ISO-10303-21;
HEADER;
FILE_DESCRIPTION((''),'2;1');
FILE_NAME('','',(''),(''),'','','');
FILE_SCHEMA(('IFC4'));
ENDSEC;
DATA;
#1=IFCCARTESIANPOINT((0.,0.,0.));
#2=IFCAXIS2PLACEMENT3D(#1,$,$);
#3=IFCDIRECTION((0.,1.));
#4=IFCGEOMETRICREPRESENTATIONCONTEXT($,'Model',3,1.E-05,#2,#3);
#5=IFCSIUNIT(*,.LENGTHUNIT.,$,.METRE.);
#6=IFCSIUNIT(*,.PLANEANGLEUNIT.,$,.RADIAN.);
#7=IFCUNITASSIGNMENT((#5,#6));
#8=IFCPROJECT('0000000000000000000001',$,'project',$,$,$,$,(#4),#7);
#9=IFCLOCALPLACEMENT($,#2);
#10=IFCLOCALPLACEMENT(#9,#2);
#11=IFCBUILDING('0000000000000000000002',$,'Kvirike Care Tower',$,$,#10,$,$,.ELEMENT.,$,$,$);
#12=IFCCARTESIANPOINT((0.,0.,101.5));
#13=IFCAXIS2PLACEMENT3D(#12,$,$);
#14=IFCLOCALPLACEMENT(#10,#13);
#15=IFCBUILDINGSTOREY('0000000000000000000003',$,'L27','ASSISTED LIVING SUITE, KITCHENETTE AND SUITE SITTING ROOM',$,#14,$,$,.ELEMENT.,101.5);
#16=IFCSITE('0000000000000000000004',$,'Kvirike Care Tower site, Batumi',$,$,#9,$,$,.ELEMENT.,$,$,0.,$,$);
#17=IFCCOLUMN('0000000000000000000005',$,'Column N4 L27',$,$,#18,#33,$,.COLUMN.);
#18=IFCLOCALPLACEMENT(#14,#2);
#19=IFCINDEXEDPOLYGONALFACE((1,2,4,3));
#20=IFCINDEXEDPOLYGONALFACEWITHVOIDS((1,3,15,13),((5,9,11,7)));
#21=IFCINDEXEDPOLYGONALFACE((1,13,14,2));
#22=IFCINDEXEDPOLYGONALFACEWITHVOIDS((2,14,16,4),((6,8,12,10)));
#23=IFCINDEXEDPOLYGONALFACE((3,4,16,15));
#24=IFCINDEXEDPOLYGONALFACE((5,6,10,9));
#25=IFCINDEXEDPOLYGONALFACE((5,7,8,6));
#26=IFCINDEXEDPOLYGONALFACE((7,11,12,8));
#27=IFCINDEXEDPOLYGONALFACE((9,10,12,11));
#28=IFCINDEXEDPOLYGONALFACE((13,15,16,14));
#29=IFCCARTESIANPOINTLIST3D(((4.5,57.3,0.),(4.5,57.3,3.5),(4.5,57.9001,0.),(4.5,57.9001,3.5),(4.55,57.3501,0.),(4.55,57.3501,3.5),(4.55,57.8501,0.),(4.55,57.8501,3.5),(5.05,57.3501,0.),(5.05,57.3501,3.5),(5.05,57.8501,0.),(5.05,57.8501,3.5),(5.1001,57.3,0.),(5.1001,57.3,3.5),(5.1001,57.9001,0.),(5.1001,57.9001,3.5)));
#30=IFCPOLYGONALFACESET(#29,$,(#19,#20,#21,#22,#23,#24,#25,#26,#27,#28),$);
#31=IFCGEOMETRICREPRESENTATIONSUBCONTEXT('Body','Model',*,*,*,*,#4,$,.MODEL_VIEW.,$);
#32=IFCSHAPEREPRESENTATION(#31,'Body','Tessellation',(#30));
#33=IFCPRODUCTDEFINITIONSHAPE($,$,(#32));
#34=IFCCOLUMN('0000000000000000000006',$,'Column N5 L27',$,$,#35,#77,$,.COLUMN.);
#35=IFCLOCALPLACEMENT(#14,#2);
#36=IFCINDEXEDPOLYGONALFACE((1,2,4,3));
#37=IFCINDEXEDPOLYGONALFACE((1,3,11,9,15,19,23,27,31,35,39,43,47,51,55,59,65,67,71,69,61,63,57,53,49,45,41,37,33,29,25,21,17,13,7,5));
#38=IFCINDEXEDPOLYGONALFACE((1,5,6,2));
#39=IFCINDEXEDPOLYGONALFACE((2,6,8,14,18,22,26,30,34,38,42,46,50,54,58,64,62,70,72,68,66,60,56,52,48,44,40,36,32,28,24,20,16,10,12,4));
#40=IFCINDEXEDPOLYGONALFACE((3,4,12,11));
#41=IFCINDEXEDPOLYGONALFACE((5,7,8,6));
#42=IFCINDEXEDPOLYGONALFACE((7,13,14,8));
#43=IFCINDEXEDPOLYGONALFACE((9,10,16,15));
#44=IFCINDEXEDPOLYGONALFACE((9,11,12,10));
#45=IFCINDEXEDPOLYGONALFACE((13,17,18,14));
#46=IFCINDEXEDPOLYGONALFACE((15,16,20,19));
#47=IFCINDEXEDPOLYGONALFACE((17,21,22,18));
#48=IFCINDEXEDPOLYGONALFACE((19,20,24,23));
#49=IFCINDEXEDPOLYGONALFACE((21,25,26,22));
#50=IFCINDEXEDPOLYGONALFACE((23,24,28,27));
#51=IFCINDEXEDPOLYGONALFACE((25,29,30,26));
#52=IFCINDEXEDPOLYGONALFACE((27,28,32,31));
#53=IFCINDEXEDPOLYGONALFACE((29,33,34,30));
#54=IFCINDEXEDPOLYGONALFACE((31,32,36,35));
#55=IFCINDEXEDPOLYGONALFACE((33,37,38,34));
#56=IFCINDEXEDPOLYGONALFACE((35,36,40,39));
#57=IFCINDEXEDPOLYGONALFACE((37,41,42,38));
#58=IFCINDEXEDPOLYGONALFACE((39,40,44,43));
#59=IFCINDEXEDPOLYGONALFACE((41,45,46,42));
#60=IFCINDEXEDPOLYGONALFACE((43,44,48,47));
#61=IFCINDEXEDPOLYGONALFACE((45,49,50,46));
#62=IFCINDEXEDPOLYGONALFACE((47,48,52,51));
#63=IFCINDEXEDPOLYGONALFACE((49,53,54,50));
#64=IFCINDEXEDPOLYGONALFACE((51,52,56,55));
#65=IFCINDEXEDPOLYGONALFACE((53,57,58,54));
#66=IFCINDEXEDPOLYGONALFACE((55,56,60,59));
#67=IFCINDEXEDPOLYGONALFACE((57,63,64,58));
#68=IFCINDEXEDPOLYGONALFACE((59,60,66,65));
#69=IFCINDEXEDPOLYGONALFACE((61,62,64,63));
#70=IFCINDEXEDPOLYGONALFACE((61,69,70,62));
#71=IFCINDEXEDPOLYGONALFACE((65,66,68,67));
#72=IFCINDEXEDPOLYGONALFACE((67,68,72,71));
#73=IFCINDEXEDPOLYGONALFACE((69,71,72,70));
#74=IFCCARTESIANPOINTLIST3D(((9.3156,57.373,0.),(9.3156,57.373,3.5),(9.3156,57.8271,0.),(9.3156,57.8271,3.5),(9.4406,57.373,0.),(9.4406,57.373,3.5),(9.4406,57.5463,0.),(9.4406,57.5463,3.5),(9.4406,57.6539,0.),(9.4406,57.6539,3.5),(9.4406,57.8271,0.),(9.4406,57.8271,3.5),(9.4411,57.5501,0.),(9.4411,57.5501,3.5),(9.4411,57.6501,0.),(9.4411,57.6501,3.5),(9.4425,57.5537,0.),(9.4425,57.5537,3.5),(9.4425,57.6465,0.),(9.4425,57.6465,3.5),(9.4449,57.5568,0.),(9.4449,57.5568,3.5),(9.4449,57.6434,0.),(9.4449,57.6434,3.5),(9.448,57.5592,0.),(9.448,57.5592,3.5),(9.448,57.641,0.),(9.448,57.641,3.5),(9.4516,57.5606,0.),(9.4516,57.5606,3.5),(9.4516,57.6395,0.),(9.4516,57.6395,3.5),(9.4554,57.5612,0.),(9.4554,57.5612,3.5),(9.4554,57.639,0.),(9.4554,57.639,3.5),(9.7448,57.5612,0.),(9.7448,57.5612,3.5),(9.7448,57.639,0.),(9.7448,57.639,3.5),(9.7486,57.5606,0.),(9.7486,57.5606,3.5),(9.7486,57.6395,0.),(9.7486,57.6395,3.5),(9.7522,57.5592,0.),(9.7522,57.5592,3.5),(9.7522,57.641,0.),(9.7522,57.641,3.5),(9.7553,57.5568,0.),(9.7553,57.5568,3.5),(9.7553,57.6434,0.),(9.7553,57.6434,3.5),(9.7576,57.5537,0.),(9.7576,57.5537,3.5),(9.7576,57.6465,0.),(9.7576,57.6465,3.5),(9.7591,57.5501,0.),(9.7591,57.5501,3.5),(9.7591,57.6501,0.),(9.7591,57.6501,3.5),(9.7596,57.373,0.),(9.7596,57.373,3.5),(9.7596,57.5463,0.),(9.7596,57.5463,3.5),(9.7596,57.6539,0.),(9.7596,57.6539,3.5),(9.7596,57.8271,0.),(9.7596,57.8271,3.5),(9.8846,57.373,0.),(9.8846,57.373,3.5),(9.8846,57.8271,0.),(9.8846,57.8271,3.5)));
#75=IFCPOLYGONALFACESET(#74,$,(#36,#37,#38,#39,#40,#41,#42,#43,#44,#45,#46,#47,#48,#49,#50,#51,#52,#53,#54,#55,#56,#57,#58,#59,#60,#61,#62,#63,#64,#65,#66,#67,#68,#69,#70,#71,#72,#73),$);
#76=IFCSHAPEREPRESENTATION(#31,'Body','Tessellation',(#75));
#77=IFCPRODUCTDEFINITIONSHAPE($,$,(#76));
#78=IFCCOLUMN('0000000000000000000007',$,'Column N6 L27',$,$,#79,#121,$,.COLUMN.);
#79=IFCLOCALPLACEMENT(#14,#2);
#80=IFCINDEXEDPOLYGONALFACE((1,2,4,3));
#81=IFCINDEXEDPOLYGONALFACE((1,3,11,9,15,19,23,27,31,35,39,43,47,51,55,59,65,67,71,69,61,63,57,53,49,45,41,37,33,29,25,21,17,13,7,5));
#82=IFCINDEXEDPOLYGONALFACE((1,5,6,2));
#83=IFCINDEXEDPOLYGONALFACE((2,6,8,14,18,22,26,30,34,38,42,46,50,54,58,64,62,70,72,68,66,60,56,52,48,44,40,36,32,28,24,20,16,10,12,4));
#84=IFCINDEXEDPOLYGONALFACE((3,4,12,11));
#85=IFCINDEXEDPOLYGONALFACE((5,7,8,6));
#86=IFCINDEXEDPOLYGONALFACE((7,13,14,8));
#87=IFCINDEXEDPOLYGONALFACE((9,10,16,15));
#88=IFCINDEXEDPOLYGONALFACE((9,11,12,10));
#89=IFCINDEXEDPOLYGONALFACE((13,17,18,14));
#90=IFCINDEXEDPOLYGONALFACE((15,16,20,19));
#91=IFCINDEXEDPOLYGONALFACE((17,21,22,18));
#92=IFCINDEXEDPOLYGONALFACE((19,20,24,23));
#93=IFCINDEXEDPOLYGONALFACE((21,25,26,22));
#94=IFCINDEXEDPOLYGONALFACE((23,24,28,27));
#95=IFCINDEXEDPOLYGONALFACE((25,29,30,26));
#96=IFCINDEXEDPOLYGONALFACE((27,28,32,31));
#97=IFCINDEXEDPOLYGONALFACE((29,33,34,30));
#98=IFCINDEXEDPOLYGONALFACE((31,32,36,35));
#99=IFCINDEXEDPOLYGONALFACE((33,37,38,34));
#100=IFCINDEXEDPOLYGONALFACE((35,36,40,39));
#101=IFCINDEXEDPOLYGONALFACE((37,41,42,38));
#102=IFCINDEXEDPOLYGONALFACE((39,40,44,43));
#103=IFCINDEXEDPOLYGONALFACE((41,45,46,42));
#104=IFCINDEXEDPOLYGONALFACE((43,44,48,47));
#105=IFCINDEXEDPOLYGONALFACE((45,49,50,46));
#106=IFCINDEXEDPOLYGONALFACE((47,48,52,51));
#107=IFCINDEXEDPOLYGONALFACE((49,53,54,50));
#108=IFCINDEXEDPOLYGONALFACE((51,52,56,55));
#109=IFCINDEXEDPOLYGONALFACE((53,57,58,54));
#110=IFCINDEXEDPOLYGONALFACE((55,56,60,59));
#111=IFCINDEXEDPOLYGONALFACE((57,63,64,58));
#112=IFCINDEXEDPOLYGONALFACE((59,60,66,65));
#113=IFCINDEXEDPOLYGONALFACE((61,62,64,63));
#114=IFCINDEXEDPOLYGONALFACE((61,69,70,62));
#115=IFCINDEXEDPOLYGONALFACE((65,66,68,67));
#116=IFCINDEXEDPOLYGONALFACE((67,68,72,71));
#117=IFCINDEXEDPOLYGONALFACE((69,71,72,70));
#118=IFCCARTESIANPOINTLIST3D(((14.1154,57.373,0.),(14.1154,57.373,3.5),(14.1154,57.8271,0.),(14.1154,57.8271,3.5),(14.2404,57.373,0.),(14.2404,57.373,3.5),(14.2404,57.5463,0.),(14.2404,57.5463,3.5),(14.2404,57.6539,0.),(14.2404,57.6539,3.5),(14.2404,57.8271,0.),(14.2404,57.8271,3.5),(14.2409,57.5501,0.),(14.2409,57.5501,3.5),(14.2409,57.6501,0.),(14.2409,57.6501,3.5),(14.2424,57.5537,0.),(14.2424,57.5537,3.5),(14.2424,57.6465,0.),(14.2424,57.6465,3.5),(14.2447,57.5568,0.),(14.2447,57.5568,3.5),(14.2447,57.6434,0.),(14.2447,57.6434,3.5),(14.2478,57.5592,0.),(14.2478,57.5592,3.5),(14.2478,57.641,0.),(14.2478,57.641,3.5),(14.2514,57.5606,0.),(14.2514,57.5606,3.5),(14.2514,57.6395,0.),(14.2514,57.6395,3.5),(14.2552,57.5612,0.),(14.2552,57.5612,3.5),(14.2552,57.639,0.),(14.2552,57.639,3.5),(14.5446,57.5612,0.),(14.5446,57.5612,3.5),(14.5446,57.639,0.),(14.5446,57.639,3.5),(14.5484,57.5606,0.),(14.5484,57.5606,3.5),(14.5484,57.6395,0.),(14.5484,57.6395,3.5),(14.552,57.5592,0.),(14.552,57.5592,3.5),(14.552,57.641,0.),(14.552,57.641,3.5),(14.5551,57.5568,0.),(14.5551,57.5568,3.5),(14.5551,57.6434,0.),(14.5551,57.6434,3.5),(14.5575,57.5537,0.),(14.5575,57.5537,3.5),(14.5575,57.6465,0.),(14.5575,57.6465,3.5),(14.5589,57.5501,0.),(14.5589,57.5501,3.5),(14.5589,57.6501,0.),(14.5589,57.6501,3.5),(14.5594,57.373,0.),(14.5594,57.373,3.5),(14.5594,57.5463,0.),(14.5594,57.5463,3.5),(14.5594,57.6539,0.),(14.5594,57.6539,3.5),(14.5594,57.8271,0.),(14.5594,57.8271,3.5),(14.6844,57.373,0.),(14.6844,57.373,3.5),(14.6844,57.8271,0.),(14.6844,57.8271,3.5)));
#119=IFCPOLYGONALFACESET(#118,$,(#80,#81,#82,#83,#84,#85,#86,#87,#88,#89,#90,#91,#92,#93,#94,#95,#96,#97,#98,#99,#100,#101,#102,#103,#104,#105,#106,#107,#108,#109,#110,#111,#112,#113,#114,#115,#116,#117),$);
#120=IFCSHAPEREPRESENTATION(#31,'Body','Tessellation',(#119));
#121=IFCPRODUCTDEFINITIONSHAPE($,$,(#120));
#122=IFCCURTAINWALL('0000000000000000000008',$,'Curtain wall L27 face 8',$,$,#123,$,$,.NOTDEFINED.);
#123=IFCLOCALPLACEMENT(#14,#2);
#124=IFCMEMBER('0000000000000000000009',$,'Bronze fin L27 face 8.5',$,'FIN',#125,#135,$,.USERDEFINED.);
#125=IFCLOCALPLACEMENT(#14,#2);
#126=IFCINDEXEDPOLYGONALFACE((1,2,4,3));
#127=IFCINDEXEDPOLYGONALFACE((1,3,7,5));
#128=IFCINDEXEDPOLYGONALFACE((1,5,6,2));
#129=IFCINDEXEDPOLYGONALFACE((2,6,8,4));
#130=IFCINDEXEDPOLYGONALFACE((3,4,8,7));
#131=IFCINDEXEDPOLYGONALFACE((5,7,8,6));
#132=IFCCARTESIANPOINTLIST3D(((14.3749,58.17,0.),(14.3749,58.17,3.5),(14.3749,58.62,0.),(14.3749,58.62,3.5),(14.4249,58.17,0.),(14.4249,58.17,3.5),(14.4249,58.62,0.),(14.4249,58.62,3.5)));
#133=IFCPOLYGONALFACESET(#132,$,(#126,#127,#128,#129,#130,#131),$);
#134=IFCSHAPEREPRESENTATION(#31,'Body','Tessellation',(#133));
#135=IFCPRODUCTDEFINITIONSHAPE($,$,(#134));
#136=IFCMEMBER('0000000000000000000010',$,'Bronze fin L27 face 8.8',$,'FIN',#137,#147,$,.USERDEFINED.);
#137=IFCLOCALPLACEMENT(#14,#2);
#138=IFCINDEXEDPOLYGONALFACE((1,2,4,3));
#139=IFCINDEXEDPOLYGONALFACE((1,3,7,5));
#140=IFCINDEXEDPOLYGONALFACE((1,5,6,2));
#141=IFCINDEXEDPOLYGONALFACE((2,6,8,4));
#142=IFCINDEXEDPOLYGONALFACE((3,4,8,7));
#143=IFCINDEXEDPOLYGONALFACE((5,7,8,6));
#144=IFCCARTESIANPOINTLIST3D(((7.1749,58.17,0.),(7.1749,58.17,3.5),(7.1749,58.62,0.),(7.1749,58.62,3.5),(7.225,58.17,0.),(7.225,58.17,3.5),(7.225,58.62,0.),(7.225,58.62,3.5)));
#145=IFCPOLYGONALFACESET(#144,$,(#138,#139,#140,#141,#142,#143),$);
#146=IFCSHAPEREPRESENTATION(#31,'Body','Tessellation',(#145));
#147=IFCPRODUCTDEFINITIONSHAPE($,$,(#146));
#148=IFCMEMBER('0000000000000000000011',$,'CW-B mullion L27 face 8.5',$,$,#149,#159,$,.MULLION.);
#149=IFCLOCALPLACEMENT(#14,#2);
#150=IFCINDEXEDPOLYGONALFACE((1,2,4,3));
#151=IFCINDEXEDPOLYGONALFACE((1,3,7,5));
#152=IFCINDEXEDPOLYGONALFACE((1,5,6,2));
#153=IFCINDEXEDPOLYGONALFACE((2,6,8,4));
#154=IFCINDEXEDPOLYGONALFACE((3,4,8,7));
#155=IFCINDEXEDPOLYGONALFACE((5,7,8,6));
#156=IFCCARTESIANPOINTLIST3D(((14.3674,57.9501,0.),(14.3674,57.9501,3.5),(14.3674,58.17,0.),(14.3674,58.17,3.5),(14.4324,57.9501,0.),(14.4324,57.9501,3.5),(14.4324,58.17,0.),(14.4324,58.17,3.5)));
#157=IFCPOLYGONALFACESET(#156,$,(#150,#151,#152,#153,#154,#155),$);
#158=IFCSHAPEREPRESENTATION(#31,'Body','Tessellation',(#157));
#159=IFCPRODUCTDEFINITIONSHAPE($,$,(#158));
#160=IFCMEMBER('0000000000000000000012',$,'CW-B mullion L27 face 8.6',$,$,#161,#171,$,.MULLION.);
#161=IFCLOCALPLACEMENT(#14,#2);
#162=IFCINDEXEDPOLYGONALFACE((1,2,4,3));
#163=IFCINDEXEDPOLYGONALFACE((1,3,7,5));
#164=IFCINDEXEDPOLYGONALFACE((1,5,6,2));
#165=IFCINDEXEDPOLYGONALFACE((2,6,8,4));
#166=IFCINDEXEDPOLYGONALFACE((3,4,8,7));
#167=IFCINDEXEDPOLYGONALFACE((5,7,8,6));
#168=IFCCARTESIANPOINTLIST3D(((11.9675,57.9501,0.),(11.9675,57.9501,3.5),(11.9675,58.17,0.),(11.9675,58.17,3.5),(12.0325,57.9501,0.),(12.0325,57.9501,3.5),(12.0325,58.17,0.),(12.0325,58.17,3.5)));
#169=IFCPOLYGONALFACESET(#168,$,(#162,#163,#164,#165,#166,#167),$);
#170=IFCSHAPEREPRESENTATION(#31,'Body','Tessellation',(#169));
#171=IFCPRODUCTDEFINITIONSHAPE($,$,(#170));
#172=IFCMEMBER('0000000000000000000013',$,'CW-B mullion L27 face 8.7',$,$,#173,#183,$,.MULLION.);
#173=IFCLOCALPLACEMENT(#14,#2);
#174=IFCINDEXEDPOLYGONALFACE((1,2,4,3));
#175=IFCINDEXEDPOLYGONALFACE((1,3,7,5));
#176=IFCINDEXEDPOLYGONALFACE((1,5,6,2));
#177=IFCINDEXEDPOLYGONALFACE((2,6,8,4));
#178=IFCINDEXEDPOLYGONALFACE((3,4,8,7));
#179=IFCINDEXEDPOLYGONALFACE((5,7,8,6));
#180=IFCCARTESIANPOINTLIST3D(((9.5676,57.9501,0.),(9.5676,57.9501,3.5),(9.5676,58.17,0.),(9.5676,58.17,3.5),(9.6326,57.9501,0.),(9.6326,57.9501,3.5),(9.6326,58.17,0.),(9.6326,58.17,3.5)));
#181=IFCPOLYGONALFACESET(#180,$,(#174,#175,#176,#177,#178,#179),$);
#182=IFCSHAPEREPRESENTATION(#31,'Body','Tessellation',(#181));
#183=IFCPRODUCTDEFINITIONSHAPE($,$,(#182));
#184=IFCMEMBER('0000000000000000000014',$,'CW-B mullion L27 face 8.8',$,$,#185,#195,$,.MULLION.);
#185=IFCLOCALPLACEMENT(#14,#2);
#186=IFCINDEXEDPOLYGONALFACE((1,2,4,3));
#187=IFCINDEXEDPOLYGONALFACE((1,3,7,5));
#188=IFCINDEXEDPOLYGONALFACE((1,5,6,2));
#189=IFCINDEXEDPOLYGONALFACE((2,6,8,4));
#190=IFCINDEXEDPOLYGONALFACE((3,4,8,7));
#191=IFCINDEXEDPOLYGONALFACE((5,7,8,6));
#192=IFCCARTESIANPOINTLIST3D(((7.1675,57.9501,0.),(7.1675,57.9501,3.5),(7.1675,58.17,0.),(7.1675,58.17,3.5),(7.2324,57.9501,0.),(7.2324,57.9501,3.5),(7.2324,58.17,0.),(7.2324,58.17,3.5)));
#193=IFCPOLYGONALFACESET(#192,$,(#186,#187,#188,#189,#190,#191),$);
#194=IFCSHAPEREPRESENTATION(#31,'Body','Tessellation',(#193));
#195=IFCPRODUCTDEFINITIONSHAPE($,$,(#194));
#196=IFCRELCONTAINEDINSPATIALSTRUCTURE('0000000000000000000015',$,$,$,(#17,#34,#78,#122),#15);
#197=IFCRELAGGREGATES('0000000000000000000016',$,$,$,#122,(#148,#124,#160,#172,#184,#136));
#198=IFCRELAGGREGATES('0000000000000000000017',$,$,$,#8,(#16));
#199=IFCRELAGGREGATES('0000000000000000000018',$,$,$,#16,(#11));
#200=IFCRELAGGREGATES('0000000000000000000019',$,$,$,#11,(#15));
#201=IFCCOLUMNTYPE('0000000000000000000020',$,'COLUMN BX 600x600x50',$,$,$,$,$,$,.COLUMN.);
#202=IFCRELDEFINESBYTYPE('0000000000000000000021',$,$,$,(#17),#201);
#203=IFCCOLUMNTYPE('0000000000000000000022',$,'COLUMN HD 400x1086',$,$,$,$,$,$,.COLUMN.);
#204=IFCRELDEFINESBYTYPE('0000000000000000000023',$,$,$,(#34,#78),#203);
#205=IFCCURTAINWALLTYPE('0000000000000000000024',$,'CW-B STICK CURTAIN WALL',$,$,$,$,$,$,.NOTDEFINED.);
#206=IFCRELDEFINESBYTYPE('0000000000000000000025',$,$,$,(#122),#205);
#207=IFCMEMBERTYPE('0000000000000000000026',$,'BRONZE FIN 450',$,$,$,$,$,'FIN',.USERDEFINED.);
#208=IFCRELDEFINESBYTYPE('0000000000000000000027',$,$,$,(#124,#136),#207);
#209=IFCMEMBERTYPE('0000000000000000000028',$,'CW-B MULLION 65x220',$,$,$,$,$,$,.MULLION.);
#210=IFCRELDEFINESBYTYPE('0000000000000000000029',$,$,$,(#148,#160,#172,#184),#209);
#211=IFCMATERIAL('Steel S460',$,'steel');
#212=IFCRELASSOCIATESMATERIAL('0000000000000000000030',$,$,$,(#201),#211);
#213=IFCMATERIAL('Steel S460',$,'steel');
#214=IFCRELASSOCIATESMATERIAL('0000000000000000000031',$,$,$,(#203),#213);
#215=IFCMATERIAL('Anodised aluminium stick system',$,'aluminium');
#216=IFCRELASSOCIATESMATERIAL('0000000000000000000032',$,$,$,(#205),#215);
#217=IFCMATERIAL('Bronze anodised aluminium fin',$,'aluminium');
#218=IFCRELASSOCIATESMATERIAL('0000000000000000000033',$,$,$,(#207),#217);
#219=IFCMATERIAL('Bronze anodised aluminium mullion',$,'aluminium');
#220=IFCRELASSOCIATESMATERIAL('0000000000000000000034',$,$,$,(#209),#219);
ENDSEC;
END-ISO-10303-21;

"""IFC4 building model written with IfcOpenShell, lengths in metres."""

from ifc_helpers import new_model, si_unit, direction, frame, origin, origin_2d, place, context, subcontext, project, spatial, rectangle, hollow_rectangle, i_section, extrude, material, material_profile, profile_set, type_object, element, aggregate, save


model = new_model("IFC4")

# Units and contexts
model_context = context("Model", 3, precision=1e-05, world=origin(), true_north=direction((0.0, 1.0)))
body_context = subcontext(model_context, "Body", "Model", "MODEL_VIEW")
ifc_project = project(units=[si_unit("LENGTHUNIT", "METRE"), si_unit("PLANEANGLEUNIT", "RADIAN")], contexts=[model_context])

# Site, building, storey
site_placement = place(None, origin())
site = spatial("IfcSite", under=ifc_project, at=site_placement, Name="Kvirike Care Tower site, Batumi", CompositionType="ELEMENT", RefElevation=0.0)
building_placement = place(site_placement, origin())
building = spatial("IfcBuilding", under=site, at=building_placement, Name="Kvirike Care Tower", CompositionType="ELEMENT")
storey_placement = place(building_placement, frame((0.0, 0.0, 101.5)))
storey = spatial("IfcBuildingStorey", under=building, at=storey_placement, Name="L27", Description="ASSISTED LIVING SUITE, KITCHENETTE AND SUITE SITTING ROOM", CompositionType="ELEMENT", Elevation=101.5)

# Columns
ifc_material_1 = material(Name="Steel S460", Category="steel")
ifc_material_profile_1 = material_profile(ifc_material_1, hollow_rectangle(XDim=0.6001, YDim=0.6001, WallThickness=0.05, at=origin_2d()), Name="BX 600x600x50")
ifc_profile_set_1 = profile_set([ifc_material_profile_1], Name="Steel S460")
column_type_1 = type_object("IfcColumnType", Name="COLUMN BX 600x600x50", PredefinedType="COLUMN", material=ifc_profile_set_1)
column_placement = place(storey_placement, frame((4.8, 57.6001, 0.0), z_axis=(0.0, 0.0, 1.0), x_axis=(0.0, 1.0, 0.0)))
element("IfcColumn", 1, at=column_placement, inside=storey, type_object=column_type_1, Name="Column N4 L27", PredefinedType="COLUMN", context=body_context, shape_type="SweptSolid", body=[
    extrude(hollow_rectangle(XDim=0.6001, YDim=0.6001, WallThickness=0.05, at=origin_2d()), origin(), (0.0, 0.0, 1.0), 3.5),
])
ifc_material_2 = material(Name="Steel S460", Category="steel")
ifc_material_profile_2 = material_profile(ifc_material_2, i_section(OverallWidth=0.4541, OverallDepth=0.5691, WebThickness=0.0779, FlangeThickness=0.125, FilletRadius=0.0149, at=origin_2d()), Name="HD 400x1086")
ifc_profile_set_2 = profile_set([ifc_material_profile_2], Name="Steel S460")
column_type_2 = type_object("IfcColumnType", Name="COLUMN HD 400x1086", PredefinedType="COLUMN", material=ifc_profile_set_2)
for number, where, z_axis, x_axis, name in (
    (2, (9.6001, 57.6001, 0.0), (0.0, 0.0, 1.0), (0.0, 1.0, 0.0), "Column N5 L27"),
    (3, (14.3999, 57.6001, 0.0), (0.0, 0.0, 1.0), (0.0, 1.0, 0.0), "Column N6 L27"),
):
    element("IfcColumn", number, at=place(storey_placement, frame(where, z_axis=z_axis, x_axis=x_axis)), inside=storey, type_object=column_type_2, Name=name, PredefinedType="COLUMN", context=body_context, shape_type="SweptSolid", body=[
        extrude(i_section(OverallWidth=0.4541, OverallDepth=0.5691, WebThickness=0.0779, FlangeThickness=0.125, FilletRadius=0.0149, at=origin_2d()), origin(), (0.0, 0.0, 1.0), 3.5),
    ])

# Curtain wall, members
ifc_material_3 = material(Name="Anodised aluminium stick system", Category="aluminium")
curtain_wall_type = type_object("IfcCurtainWallType", Name="CW-B STICK CURTAIN WALL", PredefinedType="NOTDEFINED", material=ifc_material_3)
curtain_wall_placement = place(storey_placement, origin())
curtain_wall = element("IfcCurtainWall", 4, at=curtain_wall_placement, inside=storey, type_object=curtain_wall_type, Name="Curtain wall L27 face 8", PredefinedType="NOTDEFINED")
ifc_material_4 = material(Name="Bronze anodised aluminium fin", Category="aluminium")
ifc_material_profile_3 = material_profile(ifc_material_4, rectangle(XDim=0.05, YDim=0.45, at=origin_2d()), Name="BRONZE FIN 450")
ifc_profile_set_3 = profile_set([ifc_material_profile_3], Name="Bronze anodised aluminium fin")
member_type_1 = type_object("IfcMemberType", Name="BRONZE FIN 450", ElementType="FIN", PredefinedType="USERDEFINED", material=ifc_profile_set_3)
member_1_placement = place(storey_placement, frame((14.3999, 58.395, 0.0), z_axis=(0.0, 0.0, 1.0), x_axis=(-1.0, 0.0, 0.0)))
member_1 = element("IfcMember", 5, at=member_1_placement, type_object=member_type_1, Name="Bronze fin L27 face 8.5", ObjectType="FIN", PredefinedType="USERDEFINED", context=body_context, shape_type="SweptSolid", body=[
    extrude(rectangle(XDim=0.05, YDim=0.45, at=origin_2d()), origin(), (0.0, 0.0, 1.0), 3.5),
])
member_2_placement = place(storey_placement, frame((7.2, 58.395, 0.0), z_axis=(0.0, 0.0, 1.0), x_axis=(-1.0, 0.0, 0.0)))
member_2 = element("IfcMember", 6, at=member_2_placement, type_object=member_type_1, Name="Bronze fin L27 face 8.8", ObjectType="FIN", PredefinedType="USERDEFINED", context=body_context, shape_type="SweptSolid", body=[
    extrude(rectangle(XDim=0.05, YDim=0.45, at=origin_2d()), origin(), (0.0, 0.0, 1.0), 3.5),
])
ifc_material_5 = material(Name="Bronze anodised aluminium mullion", Category="aluminium")
ifc_material_profile_4 = material_profile(ifc_material_5, rectangle(XDim=0.0649, YDim=0.22, at=origin_2d()), Name="CW-B MULLION 65x220")
ifc_profile_set_4 = profile_set([ifc_material_profile_4], Name="Bronze anodised aluminium mullion")
member_type_2 = type_object("IfcMemberType", Name="CW-B MULLION 65x220", PredefinedType="MULLION", material=ifc_profile_set_4)
member_3_placement = place(storey_placement, frame((14.3999, 58.0601, 0.0), z_axis=(0.0, 0.0, 1.0), x_axis=(-1.0, 0.0, 0.0)))
member_3 = element("IfcMember", 7, at=member_3_placement, type_object=member_type_2, Name="CW-B mullion L27 face 8.5", PredefinedType="MULLION", context=body_context, shape_type="SweptSolid", body=[
    extrude(rectangle(XDim=0.0649, YDim=0.22, at=origin_2d()), origin(), (0.0, 0.0, 1.0), 3.5),
])
member_4_placement = place(storey_placement, frame((12.0, 58.0601, 0.0), z_axis=(0.0, 0.0, 1.0), x_axis=(-1.0, 0.0, 0.0)))
member_4 = element("IfcMember", 8, at=member_4_placement, type_object=member_type_2, Name="CW-B mullion L27 face 8.6", PredefinedType="MULLION", context=body_context, shape_type="SweptSolid", body=[
    extrude(rectangle(XDim=0.0649, YDim=0.22, at=origin_2d()), origin(), (0.0, 0.0, 1.0), 3.5),
])
member_5_placement = place(storey_placement, frame((9.6001, 58.0601, 0.0), z_axis=(0.0, 0.0, 1.0), x_axis=(-1.0, 0.0, 0.0)))
member_5 = element("IfcMember", 9, at=member_5_placement, type_object=member_type_2, Name="CW-B mullion L27 face 8.7", PredefinedType="MULLION", context=body_context, shape_type="SweptSolid", body=[
    extrude(rectangle(XDim=0.0649, YDim=0.22, at=origin_2d()), origin(), (0.0, 0.0, 1.0), 3.5),
])
member_6_placement = place(storey_placement, frame((7.2, 58.0601, 0.0), z_axis=(0.0, 0.0, 1.0), x_axis=(-1.0, 0.0, 0.0)))
member_6 = element("IfcMember", 10, at=member_6_placement, type_object=member_type_2, Name="CW-B mullion L27 face 8.8", PredefinedType="MULLION", context=body_context, shape_type="SweptSolid", body=[
    extrude(rectangle(XDim=0.0649, YDim=0.22, at=origin_2d()), origin(), (0.0, 0.0, 1.0), 3.5),
])

aggregate(curtain_wall, [member_3, member_1, member_4, member_5, member_6, member_2])

save(model, "model.ifc")
